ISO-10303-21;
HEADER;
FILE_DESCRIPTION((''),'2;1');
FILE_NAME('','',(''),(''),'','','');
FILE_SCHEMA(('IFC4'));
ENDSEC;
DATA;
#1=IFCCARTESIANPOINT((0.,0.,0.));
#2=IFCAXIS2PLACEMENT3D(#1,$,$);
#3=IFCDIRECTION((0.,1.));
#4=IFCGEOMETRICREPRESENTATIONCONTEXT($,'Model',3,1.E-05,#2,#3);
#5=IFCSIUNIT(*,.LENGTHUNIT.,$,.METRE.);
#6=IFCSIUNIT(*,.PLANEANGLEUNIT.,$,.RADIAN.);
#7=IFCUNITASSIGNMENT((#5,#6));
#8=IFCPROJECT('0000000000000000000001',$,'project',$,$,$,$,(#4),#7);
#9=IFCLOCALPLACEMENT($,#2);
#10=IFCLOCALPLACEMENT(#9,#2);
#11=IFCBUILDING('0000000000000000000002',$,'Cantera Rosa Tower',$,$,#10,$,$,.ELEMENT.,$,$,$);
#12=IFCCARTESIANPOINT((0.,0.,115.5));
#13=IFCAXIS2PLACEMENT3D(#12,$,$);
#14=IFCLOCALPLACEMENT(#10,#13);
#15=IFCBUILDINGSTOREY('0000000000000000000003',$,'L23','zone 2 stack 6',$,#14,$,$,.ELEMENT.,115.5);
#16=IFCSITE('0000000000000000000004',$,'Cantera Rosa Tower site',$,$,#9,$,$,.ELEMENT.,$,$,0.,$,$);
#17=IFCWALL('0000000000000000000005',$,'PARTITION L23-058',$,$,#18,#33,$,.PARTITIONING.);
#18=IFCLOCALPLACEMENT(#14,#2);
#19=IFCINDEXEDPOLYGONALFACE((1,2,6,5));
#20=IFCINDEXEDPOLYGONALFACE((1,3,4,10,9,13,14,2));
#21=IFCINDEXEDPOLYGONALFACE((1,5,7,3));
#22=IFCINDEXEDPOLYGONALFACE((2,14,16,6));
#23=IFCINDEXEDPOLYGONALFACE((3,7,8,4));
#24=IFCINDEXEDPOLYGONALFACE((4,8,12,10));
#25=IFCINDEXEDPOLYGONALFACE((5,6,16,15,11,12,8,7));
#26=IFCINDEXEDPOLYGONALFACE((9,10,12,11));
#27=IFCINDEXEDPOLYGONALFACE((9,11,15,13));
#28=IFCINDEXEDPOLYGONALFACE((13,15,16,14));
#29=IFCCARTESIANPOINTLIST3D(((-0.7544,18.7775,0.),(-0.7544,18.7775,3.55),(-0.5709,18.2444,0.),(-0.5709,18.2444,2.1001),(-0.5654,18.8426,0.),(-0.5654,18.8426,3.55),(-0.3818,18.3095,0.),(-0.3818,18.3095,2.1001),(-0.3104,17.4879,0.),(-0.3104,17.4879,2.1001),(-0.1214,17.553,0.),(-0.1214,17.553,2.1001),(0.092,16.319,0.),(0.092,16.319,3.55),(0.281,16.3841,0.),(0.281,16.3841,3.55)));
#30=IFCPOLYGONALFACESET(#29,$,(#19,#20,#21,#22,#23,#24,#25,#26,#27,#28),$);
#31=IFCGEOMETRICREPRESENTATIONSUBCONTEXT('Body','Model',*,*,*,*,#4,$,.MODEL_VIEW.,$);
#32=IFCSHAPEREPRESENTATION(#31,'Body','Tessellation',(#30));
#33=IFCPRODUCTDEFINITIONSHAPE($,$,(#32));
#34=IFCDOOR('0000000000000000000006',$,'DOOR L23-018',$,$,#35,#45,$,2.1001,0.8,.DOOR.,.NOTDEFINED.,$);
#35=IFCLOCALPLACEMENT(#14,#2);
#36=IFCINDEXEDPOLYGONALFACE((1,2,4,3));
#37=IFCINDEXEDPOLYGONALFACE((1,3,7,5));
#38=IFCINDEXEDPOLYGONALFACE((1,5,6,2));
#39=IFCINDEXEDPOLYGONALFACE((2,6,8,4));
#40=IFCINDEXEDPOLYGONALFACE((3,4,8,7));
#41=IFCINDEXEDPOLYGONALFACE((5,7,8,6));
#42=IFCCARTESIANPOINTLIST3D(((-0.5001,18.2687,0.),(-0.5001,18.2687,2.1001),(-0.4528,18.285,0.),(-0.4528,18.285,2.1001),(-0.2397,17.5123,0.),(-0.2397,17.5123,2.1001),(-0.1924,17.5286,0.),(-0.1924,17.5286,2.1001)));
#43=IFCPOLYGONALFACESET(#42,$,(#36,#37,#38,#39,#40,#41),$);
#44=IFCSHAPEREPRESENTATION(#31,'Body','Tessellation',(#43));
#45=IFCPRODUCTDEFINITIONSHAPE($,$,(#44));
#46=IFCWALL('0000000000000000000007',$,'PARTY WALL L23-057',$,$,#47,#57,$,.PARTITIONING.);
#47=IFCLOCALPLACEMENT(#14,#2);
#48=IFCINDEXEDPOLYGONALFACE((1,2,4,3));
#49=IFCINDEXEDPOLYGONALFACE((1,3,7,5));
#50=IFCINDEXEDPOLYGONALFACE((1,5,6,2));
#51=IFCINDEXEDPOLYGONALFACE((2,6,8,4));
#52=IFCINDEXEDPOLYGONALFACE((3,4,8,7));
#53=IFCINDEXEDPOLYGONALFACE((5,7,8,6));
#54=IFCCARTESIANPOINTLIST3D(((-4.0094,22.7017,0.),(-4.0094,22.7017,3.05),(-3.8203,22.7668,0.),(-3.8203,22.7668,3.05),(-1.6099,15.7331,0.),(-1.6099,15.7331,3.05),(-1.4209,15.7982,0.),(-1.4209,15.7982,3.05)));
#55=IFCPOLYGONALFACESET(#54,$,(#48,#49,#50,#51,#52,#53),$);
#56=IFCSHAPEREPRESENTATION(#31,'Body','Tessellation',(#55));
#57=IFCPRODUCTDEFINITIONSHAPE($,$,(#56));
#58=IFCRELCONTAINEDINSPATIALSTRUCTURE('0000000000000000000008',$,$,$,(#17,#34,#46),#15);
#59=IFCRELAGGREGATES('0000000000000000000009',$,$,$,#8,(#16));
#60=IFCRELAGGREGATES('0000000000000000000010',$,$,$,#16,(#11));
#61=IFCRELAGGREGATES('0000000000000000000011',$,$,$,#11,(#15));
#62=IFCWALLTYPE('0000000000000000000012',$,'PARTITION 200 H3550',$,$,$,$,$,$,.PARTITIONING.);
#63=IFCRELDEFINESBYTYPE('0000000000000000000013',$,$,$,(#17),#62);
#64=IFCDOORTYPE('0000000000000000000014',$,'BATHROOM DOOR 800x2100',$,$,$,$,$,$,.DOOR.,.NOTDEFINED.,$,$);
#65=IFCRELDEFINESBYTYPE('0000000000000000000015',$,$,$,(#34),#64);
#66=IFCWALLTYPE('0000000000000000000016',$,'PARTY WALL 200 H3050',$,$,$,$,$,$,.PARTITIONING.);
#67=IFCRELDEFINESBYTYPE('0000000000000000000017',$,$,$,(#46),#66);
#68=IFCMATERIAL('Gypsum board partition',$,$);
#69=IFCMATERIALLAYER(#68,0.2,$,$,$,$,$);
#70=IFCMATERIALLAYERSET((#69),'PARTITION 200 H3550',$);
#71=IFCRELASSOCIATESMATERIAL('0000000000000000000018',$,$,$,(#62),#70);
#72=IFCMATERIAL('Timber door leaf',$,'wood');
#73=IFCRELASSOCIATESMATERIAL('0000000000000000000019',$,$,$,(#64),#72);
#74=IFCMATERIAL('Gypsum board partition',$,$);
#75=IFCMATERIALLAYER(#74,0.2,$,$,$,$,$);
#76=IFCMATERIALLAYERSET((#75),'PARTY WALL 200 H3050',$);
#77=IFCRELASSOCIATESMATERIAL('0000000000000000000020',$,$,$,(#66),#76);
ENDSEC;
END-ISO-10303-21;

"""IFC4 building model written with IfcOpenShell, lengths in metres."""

from ifc_helpers import new_model, si_unit, direction, frame, frame_2d, origin, place, context, subcontext, project, spatial, rectangle, extrude, material, layer, layer_set, type_object, element, fill, save


model = new_model("IFC4")

# Units and contexts
model_context = context("Model", 3, precision=1e-05, world=origin(), true_north=direction((0.0, 1.0)))
body_context = subcontext(model_context, "Body", "Model", "MODEL_VIEW")
ifc_project = project(units=[si_unit("LENGTHUNIT", "METRE"), si_unit("PLANEANGLEUNIT", "RADIAN")], contexts=[model_context])

# Site, building, storey
site_placement = place(None, origin())
site = spatial("IfcSite", under=ifc_project, at=site_placement, Name="Cantera Rosa Tower site", CompositionType="ELEMENT", RefElevation=0.0)
building_placement = place(site_placement, origin())
building = spatial("IfcBuilding", under=site, at=building_placement, Name="Cantera Rosa Tower", CompositionType="ELEMENT")
storey_placement = place(building_placement, frame((0.0, 0.0, 115.5)))
storey = spatial("IfcBuildingStorey", under=building, at=storey_placement, Name="L23", Description="zone 2 stack 6", CompositionType="ELEMENT", Elevation=115.5)

# Shared definitions
ifc_material_1 = material(Name="Gypsum board partition")
ifc_layer_1 = layer(ifc_material_1, 0.2)
ifc_layer_set_1 = layer_set([ifc_layer_1], Name="PARTITION 200 H3550")
wall_type_1 = type_object("IfcWallType", Name="PARTITION 200 H3550", PredefinedType="PARTITIONING", material=ifc_layer_set_1)

# Shared definitions
ifc_material_2 = material(Name="Timber door leaf", Category="wood")
door_type_1 = type_object("IfcDoorType", Name="BATHROOM DOOR 800x2100", OperationType="NOTDEFINED", PredefinedType="DOOR", material=ifc_material_2)

# Wall, opening, door
wall_1_placement = place(storey_placement, frame((-0.6599, 18.8101, 0.0), z_axis=(0.0, 0.0, 1.0), x_axis=(0.325536, -0.94553, 0.0)))
wall_1 = element("IfcWall", 1, at=wall_1_placement, inside=storey, type_object=wall_type_1, Name="PARTITION L23-058", PredefinedType="PARTITIONING", context=body_context, shape_type="SweptSolid", body=[
    extrude(rectangle(XDim=2.6001, YDim=0.2, at=frame_2d((1.3, 0.0))), origin(), (0.0, 0.0, 1.0), 3.55),
])
opening_1_placement = place(wall_1_placement, frame((0.564, 0.0, 0.0)))
opening_1 = element("IfcOpeningElement", 2, at=opening_1_placement, cuts=wall_1, PredefinedType="OPENING", context=body_context, shape_type="SweptSolid", body=[
    extrude(rectangle(XDim=0.8, YDim=2.1001, at=frame_2d((0.3999, 1.05))), frame((0.0, 0.1099, 0.0), z_axis=(0.0, -1.0, 0.0), x_axis=(1.0, 0.0, 0.0)), (0.0, 0.0, 1.0), 0.22),
])
door_1_placement = place(opening_1_placement, origin())
door_1 = element("IfcDoor", 3, at=door_1_placement, inside=storey, type_object=door_type_1, Name="DOOR L23-018", OperationType="NOTDEFINED", OverallHeight=2.1001, OverallWidth=0.8, PredefinedType="DOOR", context=body_context, shape_type="SweptSolid", body=[
    extrude(rectangle(XDim=0.8, YDim=2.1001, at=frame_2d((0.3999, 1.05))), frame((0.0, 0.0249, 0.0), z_axis=(0.0, -1.0, 0.0), x_axis=(1.0, 0.0, 0.0)), (0.0, 0.0, 1.0), 0.05),
])
fill(opening_1, door_1)

# Wall
ifc_material_3 = material(Name="Gypsum board partition")
ifc_layer_2 = layer(ifc_material_3, 0.2)
ifc_layer_set_2 = layer_set([ifc_layer_2], Name="PARTY WALL 200 H3050")
wall_type_2 = type_object("IfcWallType", Name="PARTY WALL 200 H3050", PredefinedType="PARTITIONING", material=ifc_layer_set_2)
wall_2_placement = place(storey_placement, frame((-1.5154, 15.7656, 0.0), z_axis=(0.0, 0.0, 1.0), x_axis=(-0.325564, 0.94552, 0.0)))
element("IfcWall", 4, at=wall_2_placement, inside=storey, type_object=wall_type_2, Name="PARTY WALL L23-057", PredefinedType="PARTITIONING", context=body_context, shape_type="SweptSolid", body=[
    extrude(rectangle(XDim=7.3701, YDim=0.2, at=frame_2d((3.6851, 0.0))), origin(), (0.0, 0.0, 1.0), 3.05),
])

save(model, "model.ifc")
